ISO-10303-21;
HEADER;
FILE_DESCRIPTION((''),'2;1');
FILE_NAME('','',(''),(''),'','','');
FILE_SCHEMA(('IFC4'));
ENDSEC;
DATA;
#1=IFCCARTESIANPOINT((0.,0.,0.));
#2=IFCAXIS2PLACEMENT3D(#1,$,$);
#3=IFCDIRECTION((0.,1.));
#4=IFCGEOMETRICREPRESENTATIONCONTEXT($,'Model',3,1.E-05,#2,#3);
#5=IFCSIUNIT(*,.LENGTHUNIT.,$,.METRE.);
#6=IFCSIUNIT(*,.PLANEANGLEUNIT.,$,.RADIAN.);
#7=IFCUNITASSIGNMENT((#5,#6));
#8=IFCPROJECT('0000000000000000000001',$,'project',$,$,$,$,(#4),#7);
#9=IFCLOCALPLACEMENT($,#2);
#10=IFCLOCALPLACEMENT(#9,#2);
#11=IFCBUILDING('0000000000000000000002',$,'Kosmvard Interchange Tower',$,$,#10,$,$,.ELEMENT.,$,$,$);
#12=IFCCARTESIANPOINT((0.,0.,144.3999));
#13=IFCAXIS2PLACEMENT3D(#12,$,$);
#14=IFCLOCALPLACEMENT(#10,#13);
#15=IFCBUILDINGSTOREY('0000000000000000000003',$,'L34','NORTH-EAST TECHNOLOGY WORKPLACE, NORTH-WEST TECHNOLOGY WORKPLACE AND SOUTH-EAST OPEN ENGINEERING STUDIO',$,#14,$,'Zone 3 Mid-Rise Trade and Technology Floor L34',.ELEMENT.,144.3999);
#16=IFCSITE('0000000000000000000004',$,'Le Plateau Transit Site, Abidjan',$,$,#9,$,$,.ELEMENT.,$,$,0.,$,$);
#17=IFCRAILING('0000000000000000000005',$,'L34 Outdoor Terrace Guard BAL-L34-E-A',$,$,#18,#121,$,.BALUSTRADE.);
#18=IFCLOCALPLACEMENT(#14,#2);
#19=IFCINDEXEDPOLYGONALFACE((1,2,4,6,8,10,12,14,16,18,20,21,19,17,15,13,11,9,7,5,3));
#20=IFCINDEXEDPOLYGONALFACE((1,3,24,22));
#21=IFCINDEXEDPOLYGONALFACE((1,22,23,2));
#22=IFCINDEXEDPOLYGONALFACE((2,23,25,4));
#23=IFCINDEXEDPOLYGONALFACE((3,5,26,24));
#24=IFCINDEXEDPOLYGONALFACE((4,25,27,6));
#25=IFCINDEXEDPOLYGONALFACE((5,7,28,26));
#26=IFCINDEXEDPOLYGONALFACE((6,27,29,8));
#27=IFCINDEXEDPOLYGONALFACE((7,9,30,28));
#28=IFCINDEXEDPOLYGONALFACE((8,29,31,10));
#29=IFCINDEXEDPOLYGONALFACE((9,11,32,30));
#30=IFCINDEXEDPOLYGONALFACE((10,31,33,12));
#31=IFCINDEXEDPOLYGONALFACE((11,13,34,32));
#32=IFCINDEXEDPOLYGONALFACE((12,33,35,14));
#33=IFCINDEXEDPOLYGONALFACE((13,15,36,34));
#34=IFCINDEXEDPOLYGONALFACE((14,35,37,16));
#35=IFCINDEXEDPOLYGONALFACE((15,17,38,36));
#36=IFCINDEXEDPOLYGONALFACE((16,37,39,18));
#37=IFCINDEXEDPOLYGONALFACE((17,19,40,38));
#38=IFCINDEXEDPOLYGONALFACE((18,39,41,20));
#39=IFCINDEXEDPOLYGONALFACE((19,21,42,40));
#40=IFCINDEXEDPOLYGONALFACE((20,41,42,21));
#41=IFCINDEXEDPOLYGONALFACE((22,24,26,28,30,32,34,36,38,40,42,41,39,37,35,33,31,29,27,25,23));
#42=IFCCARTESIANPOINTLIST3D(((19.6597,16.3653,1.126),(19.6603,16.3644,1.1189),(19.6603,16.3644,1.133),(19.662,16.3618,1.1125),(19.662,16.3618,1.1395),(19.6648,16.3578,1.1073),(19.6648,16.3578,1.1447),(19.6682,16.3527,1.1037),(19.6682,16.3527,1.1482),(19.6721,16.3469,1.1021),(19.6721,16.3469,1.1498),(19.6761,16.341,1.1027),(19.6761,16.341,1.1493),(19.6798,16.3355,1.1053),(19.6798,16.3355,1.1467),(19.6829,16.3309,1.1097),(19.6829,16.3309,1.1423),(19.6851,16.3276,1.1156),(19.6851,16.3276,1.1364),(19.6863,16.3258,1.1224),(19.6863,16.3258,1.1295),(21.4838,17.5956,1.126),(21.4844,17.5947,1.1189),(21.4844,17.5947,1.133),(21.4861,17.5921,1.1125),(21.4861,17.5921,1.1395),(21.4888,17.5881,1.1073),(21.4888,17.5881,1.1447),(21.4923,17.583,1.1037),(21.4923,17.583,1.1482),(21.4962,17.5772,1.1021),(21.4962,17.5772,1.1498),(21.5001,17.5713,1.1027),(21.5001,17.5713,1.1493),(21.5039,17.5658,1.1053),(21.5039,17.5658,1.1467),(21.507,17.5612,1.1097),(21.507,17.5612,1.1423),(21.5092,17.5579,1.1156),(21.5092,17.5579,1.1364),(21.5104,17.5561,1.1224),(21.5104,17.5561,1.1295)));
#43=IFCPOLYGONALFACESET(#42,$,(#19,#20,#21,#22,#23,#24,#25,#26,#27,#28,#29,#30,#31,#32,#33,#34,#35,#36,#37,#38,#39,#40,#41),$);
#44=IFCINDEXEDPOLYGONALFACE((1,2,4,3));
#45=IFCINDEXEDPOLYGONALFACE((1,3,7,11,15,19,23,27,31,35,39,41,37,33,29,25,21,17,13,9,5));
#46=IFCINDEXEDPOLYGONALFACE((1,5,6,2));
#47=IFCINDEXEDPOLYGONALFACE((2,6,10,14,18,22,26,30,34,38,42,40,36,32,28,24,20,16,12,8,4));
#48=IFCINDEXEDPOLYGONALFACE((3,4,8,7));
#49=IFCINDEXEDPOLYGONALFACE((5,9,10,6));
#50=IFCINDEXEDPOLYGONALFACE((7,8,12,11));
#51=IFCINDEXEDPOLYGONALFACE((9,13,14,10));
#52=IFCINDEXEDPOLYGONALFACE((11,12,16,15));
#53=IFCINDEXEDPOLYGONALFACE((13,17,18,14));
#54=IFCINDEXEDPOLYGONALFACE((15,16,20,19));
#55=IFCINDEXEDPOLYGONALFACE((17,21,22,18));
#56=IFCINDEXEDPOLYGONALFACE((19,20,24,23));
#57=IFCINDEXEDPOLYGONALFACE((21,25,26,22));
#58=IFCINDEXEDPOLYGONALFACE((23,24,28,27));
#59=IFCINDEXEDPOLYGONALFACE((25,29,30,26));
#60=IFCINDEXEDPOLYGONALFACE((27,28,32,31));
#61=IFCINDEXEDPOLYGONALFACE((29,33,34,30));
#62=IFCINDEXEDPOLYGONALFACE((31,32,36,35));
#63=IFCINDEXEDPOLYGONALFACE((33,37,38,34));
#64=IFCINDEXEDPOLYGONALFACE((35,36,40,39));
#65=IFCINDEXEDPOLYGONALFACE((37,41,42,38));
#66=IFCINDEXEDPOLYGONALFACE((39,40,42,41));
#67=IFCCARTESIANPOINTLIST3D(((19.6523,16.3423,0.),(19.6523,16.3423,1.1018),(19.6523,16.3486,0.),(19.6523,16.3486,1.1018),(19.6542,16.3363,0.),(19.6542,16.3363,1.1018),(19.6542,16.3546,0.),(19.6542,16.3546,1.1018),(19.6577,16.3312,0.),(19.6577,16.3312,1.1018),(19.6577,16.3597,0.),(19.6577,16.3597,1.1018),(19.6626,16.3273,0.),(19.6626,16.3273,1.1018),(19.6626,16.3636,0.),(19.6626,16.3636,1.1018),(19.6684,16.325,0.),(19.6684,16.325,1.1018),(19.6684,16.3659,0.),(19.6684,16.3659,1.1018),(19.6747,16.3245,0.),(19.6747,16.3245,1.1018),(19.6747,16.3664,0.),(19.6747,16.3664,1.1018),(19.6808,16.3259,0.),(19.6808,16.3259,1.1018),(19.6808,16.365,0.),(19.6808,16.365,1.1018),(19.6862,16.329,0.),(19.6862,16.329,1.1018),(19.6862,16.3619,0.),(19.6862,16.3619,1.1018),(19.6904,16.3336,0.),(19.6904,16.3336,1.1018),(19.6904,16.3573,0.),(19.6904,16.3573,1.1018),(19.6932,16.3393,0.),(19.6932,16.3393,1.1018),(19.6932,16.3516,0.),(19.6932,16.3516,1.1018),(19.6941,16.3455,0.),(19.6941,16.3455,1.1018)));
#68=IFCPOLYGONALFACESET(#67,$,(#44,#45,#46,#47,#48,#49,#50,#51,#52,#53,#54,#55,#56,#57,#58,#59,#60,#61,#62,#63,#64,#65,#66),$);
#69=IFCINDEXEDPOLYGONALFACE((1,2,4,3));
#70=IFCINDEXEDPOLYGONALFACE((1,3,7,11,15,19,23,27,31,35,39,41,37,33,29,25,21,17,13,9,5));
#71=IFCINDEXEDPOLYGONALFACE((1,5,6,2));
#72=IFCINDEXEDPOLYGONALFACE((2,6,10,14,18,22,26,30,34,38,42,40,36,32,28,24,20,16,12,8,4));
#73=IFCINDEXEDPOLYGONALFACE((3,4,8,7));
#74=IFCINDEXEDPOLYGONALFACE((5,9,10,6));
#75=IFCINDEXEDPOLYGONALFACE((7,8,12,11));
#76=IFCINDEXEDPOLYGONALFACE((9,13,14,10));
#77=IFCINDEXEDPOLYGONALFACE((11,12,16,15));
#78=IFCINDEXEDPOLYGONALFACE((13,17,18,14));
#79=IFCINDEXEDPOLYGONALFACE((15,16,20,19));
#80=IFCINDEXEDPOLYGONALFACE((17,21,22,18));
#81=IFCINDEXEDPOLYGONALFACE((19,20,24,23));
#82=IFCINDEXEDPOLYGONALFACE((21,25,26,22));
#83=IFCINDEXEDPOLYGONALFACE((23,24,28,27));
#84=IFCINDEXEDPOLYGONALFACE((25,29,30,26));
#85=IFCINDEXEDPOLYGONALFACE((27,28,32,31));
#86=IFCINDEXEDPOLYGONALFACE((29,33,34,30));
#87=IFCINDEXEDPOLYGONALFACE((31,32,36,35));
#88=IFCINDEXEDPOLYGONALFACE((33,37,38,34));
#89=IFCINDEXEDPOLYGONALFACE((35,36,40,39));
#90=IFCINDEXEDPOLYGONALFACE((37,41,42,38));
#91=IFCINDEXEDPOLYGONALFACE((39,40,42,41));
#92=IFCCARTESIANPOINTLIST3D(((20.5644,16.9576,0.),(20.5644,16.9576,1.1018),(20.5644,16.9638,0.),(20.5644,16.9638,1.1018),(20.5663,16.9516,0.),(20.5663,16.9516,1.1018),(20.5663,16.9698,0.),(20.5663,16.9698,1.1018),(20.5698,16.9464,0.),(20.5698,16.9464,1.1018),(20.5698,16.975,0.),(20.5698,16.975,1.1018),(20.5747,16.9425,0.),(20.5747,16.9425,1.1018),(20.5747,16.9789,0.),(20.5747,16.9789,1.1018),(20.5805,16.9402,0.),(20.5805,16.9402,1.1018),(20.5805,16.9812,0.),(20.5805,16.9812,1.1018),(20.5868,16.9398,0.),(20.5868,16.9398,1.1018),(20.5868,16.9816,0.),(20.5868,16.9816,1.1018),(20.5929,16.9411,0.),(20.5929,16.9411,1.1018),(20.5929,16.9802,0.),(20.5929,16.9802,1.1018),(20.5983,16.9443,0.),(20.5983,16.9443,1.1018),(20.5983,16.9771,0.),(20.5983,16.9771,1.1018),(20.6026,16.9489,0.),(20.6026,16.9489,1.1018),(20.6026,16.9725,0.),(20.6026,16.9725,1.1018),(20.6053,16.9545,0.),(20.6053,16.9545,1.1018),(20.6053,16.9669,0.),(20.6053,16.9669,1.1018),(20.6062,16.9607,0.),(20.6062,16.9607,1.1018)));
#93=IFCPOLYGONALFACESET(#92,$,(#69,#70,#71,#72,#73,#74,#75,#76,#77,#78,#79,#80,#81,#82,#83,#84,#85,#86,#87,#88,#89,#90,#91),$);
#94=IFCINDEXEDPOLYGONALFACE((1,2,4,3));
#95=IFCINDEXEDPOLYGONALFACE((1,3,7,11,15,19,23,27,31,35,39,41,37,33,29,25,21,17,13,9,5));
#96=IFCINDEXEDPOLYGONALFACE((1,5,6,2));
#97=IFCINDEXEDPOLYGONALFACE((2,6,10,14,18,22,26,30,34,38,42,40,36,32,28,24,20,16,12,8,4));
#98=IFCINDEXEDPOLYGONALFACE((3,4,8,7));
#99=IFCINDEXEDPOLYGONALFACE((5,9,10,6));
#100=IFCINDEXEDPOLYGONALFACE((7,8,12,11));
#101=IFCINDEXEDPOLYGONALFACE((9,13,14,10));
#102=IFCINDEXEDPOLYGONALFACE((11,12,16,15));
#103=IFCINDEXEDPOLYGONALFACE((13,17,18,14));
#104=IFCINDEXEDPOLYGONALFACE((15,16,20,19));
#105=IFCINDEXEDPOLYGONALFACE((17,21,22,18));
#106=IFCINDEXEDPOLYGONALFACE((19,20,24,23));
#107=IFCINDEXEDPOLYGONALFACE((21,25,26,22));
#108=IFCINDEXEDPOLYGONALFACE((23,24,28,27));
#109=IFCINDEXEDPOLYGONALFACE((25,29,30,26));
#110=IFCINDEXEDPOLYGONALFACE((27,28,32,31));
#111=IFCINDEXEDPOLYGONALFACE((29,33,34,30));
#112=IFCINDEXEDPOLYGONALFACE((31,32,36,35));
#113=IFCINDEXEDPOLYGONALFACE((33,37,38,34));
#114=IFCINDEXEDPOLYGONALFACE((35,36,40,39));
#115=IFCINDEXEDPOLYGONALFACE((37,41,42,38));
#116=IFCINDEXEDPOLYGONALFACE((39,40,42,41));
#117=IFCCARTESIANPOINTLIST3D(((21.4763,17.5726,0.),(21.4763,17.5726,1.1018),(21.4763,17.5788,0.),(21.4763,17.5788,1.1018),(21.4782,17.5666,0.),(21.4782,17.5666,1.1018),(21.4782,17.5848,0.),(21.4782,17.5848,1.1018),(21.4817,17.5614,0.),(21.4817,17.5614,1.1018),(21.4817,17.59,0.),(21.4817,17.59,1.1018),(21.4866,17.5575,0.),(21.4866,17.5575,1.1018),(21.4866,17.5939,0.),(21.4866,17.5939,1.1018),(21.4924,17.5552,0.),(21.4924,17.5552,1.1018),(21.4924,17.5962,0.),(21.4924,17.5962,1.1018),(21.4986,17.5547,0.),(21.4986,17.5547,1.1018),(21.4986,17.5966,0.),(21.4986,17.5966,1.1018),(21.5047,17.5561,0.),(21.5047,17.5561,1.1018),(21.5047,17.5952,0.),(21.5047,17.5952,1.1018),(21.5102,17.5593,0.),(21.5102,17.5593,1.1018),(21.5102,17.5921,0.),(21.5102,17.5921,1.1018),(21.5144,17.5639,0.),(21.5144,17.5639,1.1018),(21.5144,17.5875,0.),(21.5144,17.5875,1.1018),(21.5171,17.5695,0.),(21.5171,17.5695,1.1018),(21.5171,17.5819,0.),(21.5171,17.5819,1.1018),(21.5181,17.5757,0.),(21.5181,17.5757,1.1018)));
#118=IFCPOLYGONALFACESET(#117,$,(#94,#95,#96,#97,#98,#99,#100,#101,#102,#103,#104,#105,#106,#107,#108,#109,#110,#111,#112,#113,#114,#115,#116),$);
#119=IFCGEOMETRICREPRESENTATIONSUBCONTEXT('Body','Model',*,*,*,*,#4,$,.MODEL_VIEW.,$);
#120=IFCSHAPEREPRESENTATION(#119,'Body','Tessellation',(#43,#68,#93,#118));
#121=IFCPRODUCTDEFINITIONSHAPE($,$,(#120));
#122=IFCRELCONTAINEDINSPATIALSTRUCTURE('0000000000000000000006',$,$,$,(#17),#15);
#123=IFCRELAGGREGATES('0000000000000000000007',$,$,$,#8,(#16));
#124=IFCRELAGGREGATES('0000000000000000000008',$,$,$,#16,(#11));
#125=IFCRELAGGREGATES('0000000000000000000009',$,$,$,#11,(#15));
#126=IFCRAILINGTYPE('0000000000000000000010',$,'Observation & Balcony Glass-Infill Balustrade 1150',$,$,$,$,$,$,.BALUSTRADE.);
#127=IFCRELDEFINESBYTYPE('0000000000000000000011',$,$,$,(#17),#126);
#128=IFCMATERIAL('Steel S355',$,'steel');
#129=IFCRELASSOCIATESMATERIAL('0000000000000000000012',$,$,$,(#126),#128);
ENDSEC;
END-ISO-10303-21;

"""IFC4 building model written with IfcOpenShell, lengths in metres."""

from ifc_helpers import new_model, si_unit, direction, frame, origin, origin_2d, place, context, subcontext, project, spatial, circle, extrude, source, transform, mapped, material, type_object, element, save


model = new_model("IFC4")

# Units and contexts
model_context = context("Model", 3, precision=1e-05, world=origin(), true_north=direction((0.0, 1.0)))
body_context = subcontext(model_context, "Body", "Model", "MODEL_VIEW")
ifc_project = project(units=[si_unit("LENGTHUNIT", "METRE"), si_unit("PLANEANGLEUNIT", "RADIAN")], contexts=[model_context])

# Site, building, storey
site_placement = place(None, origin())
site = spatial("IfcSite", under=ifc_project, at=site_placement, Name="Le Plateau Transit Site, Abidjan", CompositionType="ELEMENT", RefElevation=0.0)
building_placement = place(site_placement, origin())
building = spatial("IfcBuilding", under=site, at=building_placement, Name="Kosmvard Interchange Tower", CompositionType="ELEMENT")
storey_placement = place(building_placement, frame((0.0, 0.0, 144.3999)))
storey = spatial("IfcBuildingStorey", under=building, at=storey_placement, Name="L34", Description="NORTH-EAST TECHNOLOGY WORKPLACE, NORTH-WEST TECHNOLOGY WORKPLACE AND SOUTH-EAST OPEN ENGINEERING STUDIO", LongName="Zone 3 Mid-Rise Trade and Technology Floor L34", CompositionType="ELEMENT", Elevation=144.3999)

# Shared definitions
ifc_material_1 = material(Name="Steel S355", Category="steel")

# Railing
railing_type = type_object("IfcRailingType", Name="Observation & Balcony Glass-Infill Balustrade 1150", PredefinedType="BALUSTRADE", material=ifc_material_1)
shared_shape_1 = source(origin(), body_context, "Body", "SweptSolid", [
    extrude(circle(Radius=0.0239, at=origin_2d()), frame((0.0, 0.0, 1.126), z_axis=(0.829051, 0.559174, 0.0), x_axis=(-0.559174, 0.829051, 0.0)), (0.0, 0.0, 1.0), 2.2002),
    extrude(circle(Radius=0.021, at=origin_2d()), origin(), (0.0, 0.0, 1.0), 1.1018),
    extrude(circle(Radius=0.021, at=origin_2d()), frame((0.9121, 0.6152, 0.0)), (0.0, 0.0, 1.0), 1.1018),
    extrude(circle(Radius=0.021, at=origin_2d()), frame((1.824, 1.2302, 0.0)), (0.0, 0.0, 1.0), 1.1018),
])
railing_1_placement = place(storey_placement, frame((19.6731, 16.3455, 0.0)))
element("IfcRailing", 1, at=railing_1_placement, inside=storey, type_object=railing_type, Name="L34 Outdoor Terrace Guard BAL-L34-E-A", PredefinedType="BALUSTRADE", context=body_context, shape_type="MappedRepresentation", body=[
    mapped(shared_shape_1, transform((0.0, 0.0, 0.0), scale=1.0)),
])

save(model, "model.ifc")
